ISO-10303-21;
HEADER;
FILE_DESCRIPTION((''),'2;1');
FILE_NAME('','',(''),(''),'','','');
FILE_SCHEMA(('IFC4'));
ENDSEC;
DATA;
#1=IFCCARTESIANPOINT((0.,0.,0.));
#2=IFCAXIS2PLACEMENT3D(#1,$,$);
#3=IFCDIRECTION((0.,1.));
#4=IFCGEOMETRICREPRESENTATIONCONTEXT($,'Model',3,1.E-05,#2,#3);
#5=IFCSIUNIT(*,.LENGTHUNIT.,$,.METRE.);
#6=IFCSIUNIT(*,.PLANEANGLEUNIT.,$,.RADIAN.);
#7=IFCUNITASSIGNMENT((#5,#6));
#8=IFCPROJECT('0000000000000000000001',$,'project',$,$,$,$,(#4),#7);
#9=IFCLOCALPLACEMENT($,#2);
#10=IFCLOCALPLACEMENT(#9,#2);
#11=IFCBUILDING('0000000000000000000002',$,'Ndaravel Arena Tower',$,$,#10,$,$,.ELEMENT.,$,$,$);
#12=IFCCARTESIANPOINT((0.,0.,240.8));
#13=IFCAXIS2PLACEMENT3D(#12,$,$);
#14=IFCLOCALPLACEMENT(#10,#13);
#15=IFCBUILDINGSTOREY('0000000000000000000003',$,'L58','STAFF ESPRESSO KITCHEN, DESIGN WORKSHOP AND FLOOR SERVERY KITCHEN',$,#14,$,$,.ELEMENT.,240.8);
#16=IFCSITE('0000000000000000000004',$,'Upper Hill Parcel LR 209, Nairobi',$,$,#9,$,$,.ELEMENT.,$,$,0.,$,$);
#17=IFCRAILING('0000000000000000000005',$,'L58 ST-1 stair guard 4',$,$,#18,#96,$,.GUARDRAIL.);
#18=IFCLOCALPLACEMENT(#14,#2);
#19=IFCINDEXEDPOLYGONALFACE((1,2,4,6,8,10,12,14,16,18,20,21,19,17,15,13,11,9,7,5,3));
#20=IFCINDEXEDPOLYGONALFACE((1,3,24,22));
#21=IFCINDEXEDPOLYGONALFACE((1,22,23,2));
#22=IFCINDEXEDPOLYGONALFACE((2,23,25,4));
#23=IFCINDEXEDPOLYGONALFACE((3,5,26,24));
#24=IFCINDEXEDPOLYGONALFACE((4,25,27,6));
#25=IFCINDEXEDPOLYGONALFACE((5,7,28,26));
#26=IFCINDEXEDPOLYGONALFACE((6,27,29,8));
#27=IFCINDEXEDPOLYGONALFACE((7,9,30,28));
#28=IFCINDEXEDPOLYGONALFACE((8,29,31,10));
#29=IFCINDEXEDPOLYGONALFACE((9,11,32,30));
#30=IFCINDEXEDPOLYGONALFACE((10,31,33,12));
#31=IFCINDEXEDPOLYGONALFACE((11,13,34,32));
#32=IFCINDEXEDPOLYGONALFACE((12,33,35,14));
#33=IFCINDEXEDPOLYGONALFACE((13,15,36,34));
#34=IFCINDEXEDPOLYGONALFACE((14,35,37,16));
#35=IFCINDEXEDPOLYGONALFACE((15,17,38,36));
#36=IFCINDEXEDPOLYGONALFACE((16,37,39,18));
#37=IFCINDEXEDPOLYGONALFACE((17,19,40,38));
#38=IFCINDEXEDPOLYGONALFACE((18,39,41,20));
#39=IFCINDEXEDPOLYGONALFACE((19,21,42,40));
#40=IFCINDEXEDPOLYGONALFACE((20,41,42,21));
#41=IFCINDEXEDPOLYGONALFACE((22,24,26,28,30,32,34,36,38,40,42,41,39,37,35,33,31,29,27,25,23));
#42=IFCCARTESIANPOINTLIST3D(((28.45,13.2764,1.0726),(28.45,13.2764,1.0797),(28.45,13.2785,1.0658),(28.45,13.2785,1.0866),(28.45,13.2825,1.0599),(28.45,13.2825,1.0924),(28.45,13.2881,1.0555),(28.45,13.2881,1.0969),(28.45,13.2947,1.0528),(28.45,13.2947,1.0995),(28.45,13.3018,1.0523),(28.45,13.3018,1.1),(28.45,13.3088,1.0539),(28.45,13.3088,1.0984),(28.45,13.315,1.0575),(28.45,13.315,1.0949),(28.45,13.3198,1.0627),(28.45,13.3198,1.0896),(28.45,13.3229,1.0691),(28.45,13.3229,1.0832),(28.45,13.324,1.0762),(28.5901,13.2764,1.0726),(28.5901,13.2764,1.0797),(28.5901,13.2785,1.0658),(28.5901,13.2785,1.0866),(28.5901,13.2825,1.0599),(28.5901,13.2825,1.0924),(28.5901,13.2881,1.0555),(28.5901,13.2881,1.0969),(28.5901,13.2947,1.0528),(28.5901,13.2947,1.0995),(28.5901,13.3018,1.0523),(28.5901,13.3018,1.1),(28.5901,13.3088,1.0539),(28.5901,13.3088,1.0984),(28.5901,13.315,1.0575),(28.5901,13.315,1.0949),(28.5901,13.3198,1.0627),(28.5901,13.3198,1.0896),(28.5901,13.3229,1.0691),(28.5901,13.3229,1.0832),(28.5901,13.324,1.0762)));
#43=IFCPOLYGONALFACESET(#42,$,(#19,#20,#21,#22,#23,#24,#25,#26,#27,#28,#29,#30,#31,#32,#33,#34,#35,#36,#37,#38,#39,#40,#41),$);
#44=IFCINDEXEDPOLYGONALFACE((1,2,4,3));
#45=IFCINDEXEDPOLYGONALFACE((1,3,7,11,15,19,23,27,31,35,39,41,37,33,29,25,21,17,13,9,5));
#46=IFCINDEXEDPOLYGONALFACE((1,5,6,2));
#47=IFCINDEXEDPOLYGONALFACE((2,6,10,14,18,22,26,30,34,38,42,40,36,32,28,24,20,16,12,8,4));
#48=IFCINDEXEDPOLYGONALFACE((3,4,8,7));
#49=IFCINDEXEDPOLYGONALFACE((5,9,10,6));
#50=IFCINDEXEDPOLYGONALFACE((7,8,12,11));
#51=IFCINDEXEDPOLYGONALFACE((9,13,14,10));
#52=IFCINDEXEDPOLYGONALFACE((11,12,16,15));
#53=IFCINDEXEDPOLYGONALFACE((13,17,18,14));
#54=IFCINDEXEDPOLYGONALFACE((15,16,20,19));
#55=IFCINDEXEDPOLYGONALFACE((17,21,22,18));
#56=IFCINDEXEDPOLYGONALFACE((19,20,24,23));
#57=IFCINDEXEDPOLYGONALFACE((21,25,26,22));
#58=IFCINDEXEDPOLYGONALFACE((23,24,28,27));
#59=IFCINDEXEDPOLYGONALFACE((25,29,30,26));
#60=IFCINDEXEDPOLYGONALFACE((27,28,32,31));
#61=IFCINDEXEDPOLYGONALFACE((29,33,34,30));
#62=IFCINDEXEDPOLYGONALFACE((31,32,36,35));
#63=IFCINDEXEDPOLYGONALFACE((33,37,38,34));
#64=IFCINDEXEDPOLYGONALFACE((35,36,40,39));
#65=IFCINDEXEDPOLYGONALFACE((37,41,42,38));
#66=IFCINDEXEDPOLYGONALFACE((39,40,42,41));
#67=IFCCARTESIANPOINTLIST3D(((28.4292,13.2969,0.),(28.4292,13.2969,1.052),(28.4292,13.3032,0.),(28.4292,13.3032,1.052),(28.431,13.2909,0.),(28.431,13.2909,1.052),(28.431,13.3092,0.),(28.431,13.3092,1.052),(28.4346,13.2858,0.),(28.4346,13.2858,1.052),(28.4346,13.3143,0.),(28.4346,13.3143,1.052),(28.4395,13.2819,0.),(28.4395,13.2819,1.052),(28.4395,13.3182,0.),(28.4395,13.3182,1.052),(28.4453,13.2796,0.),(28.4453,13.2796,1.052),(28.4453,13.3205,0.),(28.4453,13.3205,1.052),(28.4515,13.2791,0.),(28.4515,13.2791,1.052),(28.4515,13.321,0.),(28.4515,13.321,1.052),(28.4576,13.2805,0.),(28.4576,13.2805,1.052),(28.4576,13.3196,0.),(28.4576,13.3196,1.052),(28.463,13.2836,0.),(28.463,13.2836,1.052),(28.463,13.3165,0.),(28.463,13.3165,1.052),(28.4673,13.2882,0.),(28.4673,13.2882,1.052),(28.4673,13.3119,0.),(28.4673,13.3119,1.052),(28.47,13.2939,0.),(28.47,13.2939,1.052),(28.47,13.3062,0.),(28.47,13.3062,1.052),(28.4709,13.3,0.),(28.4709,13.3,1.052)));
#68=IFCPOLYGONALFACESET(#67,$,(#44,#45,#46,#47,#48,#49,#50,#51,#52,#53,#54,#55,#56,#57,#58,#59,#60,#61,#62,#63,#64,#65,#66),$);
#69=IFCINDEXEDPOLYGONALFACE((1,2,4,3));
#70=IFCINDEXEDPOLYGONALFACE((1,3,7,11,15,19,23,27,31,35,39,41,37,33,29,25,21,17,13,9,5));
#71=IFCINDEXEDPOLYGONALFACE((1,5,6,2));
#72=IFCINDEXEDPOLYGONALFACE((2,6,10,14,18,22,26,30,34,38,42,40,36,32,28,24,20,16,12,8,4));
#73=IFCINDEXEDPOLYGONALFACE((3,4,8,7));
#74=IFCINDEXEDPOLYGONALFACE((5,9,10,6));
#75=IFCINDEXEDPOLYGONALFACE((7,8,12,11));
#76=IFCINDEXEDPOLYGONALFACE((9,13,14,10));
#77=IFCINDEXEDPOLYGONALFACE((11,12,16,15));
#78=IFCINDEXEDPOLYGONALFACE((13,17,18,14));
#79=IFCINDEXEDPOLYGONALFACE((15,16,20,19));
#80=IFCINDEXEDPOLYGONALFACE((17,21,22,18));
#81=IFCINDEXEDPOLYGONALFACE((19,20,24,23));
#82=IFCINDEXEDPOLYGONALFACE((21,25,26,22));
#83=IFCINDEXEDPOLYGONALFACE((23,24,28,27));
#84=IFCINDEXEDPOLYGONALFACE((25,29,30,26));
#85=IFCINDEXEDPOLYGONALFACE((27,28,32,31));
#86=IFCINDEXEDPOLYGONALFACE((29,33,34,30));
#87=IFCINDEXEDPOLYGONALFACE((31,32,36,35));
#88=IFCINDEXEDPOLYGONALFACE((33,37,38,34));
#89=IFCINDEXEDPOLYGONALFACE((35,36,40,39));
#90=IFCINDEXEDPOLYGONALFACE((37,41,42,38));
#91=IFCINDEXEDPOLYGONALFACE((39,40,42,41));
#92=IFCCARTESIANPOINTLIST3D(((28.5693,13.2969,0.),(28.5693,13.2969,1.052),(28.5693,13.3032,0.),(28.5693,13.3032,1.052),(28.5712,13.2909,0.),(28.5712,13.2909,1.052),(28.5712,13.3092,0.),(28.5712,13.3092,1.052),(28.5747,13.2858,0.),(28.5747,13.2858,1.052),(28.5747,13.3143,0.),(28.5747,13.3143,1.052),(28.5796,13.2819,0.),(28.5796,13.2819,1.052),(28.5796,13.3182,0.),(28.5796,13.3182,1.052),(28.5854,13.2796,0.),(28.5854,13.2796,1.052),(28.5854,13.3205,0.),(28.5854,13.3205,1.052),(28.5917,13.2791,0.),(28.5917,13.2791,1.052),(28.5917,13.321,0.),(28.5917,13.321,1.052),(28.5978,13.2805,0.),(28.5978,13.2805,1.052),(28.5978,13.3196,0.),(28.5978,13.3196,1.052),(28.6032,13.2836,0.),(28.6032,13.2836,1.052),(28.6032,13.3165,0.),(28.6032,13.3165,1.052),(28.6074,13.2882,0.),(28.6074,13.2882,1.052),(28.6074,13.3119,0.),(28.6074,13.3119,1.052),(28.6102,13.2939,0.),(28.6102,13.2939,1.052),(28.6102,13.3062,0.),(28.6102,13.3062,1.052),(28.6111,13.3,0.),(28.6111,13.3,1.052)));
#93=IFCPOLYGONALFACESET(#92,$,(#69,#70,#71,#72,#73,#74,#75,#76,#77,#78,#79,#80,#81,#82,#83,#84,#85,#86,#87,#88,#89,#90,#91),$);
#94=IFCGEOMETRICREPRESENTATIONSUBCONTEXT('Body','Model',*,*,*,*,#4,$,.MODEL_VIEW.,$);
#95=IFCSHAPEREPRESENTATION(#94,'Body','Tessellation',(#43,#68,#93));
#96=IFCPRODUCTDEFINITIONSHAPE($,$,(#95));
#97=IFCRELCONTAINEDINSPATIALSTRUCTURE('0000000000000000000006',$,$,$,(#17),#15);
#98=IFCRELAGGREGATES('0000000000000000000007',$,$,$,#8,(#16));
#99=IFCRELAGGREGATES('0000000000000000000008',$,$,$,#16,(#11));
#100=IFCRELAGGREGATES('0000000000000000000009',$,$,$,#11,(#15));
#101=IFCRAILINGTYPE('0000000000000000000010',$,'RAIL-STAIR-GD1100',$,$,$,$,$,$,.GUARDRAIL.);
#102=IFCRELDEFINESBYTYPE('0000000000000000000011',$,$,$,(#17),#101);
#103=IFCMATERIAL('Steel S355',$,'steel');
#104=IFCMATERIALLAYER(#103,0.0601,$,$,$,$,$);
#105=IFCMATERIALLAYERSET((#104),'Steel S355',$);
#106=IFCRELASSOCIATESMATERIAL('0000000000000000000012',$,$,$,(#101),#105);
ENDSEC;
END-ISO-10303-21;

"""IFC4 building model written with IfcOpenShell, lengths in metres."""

from ifc_helpers import new_model, si_unit, direction, frame, origin, origin_2d, place, context, subcontext, project, spatial, circle, extrude, material, layer, layer_set, type_object, element, save


model = new_model("IFC4")

# Units and contexts
model_context = context("Model", 3, precision=1e-05, world=origin(), true_north=direction((0.0, 1.0)))
body_context = subcontext(model_context, "Body", "Model", "MODEL_VIEW")
ifc_project = project(units=[si_unit("LENGTHUNIT", "METRE"), si_unit("PLANEANGLEUNIT", "RADIAN")], contexts=[model_context])

# Site, building, storey
site_placement = place(None, origin())
site = spatial("IfcSite", under=ifc_project, at=site_placement, Name="Upper Hill Parcel LR 209, Nairobi", CompositionType="ELEMENT", RefElevation=0.0)
building_placement = place(site_placement, origin())
building = spatial("IfcBuilding", under=site, at=building_placement, Name="Ndaravel Arena Tower", CompositionType="ELEMENT")
storey_placement = place(building_placement, frame((0.0, 0.0, 240.8)))
storey = spatial("IfcBuildingStorey", under=building, at=storey_placement, Name="L58", Description="STAFF ESPRESSO KITCHEN, DESIGN WORKSHOP AND FLOOR SERVERY KITCHEN", CompositionType="ELEMENT", Elevation=240.8)

# Railing
ifc_material_1 = material(Name="Steel S355", Category="steel")
ifc_layer_1 = layer(ifc_material_1, 0.0601)
ifc_layer_set_1 = layer_set([ifc_layer_1], Name="Steel S355")
railing_type_1 = type_object("IfcRailingType", Name="RAIL-STAIR-GD1100", PredefinedType="GUARDRAIL", material=ifc_layer_set_1)
railing_1_placement = place(storey_placement, frame((28.45, 13.3, 0.0)))
element("IfcRailing", 1, at=railing_1_placement, inside=storey, type_object=railing_type_1, Name="L58 ST-1 stair guard 4", PredefinedType="GUARDRAIL", context=body_context, shape_type="SweptSolid", body=[
    extrude(circle(Radius=0.0239, at=origin_2d()), frame((0.0, 0.0, 1.0762), z_axis=(1.0, 0.0, 0.0), x_axis=(0.0, 1.0, 0.0)), (0.0, 0.0, 1.0), 0.1401),
    extrude(circle(Radius=0.021, at=origin_2d()), origin(), (0.0, 0.0, 1.0), 1.052),
    extrude(circle(Radius=0.021, at=origin_2d()), frame((0.1401, 0.0, 0.0)), (0.0, 0.0, 1.0), 1.052),
])

save(model, "model.ifc")
